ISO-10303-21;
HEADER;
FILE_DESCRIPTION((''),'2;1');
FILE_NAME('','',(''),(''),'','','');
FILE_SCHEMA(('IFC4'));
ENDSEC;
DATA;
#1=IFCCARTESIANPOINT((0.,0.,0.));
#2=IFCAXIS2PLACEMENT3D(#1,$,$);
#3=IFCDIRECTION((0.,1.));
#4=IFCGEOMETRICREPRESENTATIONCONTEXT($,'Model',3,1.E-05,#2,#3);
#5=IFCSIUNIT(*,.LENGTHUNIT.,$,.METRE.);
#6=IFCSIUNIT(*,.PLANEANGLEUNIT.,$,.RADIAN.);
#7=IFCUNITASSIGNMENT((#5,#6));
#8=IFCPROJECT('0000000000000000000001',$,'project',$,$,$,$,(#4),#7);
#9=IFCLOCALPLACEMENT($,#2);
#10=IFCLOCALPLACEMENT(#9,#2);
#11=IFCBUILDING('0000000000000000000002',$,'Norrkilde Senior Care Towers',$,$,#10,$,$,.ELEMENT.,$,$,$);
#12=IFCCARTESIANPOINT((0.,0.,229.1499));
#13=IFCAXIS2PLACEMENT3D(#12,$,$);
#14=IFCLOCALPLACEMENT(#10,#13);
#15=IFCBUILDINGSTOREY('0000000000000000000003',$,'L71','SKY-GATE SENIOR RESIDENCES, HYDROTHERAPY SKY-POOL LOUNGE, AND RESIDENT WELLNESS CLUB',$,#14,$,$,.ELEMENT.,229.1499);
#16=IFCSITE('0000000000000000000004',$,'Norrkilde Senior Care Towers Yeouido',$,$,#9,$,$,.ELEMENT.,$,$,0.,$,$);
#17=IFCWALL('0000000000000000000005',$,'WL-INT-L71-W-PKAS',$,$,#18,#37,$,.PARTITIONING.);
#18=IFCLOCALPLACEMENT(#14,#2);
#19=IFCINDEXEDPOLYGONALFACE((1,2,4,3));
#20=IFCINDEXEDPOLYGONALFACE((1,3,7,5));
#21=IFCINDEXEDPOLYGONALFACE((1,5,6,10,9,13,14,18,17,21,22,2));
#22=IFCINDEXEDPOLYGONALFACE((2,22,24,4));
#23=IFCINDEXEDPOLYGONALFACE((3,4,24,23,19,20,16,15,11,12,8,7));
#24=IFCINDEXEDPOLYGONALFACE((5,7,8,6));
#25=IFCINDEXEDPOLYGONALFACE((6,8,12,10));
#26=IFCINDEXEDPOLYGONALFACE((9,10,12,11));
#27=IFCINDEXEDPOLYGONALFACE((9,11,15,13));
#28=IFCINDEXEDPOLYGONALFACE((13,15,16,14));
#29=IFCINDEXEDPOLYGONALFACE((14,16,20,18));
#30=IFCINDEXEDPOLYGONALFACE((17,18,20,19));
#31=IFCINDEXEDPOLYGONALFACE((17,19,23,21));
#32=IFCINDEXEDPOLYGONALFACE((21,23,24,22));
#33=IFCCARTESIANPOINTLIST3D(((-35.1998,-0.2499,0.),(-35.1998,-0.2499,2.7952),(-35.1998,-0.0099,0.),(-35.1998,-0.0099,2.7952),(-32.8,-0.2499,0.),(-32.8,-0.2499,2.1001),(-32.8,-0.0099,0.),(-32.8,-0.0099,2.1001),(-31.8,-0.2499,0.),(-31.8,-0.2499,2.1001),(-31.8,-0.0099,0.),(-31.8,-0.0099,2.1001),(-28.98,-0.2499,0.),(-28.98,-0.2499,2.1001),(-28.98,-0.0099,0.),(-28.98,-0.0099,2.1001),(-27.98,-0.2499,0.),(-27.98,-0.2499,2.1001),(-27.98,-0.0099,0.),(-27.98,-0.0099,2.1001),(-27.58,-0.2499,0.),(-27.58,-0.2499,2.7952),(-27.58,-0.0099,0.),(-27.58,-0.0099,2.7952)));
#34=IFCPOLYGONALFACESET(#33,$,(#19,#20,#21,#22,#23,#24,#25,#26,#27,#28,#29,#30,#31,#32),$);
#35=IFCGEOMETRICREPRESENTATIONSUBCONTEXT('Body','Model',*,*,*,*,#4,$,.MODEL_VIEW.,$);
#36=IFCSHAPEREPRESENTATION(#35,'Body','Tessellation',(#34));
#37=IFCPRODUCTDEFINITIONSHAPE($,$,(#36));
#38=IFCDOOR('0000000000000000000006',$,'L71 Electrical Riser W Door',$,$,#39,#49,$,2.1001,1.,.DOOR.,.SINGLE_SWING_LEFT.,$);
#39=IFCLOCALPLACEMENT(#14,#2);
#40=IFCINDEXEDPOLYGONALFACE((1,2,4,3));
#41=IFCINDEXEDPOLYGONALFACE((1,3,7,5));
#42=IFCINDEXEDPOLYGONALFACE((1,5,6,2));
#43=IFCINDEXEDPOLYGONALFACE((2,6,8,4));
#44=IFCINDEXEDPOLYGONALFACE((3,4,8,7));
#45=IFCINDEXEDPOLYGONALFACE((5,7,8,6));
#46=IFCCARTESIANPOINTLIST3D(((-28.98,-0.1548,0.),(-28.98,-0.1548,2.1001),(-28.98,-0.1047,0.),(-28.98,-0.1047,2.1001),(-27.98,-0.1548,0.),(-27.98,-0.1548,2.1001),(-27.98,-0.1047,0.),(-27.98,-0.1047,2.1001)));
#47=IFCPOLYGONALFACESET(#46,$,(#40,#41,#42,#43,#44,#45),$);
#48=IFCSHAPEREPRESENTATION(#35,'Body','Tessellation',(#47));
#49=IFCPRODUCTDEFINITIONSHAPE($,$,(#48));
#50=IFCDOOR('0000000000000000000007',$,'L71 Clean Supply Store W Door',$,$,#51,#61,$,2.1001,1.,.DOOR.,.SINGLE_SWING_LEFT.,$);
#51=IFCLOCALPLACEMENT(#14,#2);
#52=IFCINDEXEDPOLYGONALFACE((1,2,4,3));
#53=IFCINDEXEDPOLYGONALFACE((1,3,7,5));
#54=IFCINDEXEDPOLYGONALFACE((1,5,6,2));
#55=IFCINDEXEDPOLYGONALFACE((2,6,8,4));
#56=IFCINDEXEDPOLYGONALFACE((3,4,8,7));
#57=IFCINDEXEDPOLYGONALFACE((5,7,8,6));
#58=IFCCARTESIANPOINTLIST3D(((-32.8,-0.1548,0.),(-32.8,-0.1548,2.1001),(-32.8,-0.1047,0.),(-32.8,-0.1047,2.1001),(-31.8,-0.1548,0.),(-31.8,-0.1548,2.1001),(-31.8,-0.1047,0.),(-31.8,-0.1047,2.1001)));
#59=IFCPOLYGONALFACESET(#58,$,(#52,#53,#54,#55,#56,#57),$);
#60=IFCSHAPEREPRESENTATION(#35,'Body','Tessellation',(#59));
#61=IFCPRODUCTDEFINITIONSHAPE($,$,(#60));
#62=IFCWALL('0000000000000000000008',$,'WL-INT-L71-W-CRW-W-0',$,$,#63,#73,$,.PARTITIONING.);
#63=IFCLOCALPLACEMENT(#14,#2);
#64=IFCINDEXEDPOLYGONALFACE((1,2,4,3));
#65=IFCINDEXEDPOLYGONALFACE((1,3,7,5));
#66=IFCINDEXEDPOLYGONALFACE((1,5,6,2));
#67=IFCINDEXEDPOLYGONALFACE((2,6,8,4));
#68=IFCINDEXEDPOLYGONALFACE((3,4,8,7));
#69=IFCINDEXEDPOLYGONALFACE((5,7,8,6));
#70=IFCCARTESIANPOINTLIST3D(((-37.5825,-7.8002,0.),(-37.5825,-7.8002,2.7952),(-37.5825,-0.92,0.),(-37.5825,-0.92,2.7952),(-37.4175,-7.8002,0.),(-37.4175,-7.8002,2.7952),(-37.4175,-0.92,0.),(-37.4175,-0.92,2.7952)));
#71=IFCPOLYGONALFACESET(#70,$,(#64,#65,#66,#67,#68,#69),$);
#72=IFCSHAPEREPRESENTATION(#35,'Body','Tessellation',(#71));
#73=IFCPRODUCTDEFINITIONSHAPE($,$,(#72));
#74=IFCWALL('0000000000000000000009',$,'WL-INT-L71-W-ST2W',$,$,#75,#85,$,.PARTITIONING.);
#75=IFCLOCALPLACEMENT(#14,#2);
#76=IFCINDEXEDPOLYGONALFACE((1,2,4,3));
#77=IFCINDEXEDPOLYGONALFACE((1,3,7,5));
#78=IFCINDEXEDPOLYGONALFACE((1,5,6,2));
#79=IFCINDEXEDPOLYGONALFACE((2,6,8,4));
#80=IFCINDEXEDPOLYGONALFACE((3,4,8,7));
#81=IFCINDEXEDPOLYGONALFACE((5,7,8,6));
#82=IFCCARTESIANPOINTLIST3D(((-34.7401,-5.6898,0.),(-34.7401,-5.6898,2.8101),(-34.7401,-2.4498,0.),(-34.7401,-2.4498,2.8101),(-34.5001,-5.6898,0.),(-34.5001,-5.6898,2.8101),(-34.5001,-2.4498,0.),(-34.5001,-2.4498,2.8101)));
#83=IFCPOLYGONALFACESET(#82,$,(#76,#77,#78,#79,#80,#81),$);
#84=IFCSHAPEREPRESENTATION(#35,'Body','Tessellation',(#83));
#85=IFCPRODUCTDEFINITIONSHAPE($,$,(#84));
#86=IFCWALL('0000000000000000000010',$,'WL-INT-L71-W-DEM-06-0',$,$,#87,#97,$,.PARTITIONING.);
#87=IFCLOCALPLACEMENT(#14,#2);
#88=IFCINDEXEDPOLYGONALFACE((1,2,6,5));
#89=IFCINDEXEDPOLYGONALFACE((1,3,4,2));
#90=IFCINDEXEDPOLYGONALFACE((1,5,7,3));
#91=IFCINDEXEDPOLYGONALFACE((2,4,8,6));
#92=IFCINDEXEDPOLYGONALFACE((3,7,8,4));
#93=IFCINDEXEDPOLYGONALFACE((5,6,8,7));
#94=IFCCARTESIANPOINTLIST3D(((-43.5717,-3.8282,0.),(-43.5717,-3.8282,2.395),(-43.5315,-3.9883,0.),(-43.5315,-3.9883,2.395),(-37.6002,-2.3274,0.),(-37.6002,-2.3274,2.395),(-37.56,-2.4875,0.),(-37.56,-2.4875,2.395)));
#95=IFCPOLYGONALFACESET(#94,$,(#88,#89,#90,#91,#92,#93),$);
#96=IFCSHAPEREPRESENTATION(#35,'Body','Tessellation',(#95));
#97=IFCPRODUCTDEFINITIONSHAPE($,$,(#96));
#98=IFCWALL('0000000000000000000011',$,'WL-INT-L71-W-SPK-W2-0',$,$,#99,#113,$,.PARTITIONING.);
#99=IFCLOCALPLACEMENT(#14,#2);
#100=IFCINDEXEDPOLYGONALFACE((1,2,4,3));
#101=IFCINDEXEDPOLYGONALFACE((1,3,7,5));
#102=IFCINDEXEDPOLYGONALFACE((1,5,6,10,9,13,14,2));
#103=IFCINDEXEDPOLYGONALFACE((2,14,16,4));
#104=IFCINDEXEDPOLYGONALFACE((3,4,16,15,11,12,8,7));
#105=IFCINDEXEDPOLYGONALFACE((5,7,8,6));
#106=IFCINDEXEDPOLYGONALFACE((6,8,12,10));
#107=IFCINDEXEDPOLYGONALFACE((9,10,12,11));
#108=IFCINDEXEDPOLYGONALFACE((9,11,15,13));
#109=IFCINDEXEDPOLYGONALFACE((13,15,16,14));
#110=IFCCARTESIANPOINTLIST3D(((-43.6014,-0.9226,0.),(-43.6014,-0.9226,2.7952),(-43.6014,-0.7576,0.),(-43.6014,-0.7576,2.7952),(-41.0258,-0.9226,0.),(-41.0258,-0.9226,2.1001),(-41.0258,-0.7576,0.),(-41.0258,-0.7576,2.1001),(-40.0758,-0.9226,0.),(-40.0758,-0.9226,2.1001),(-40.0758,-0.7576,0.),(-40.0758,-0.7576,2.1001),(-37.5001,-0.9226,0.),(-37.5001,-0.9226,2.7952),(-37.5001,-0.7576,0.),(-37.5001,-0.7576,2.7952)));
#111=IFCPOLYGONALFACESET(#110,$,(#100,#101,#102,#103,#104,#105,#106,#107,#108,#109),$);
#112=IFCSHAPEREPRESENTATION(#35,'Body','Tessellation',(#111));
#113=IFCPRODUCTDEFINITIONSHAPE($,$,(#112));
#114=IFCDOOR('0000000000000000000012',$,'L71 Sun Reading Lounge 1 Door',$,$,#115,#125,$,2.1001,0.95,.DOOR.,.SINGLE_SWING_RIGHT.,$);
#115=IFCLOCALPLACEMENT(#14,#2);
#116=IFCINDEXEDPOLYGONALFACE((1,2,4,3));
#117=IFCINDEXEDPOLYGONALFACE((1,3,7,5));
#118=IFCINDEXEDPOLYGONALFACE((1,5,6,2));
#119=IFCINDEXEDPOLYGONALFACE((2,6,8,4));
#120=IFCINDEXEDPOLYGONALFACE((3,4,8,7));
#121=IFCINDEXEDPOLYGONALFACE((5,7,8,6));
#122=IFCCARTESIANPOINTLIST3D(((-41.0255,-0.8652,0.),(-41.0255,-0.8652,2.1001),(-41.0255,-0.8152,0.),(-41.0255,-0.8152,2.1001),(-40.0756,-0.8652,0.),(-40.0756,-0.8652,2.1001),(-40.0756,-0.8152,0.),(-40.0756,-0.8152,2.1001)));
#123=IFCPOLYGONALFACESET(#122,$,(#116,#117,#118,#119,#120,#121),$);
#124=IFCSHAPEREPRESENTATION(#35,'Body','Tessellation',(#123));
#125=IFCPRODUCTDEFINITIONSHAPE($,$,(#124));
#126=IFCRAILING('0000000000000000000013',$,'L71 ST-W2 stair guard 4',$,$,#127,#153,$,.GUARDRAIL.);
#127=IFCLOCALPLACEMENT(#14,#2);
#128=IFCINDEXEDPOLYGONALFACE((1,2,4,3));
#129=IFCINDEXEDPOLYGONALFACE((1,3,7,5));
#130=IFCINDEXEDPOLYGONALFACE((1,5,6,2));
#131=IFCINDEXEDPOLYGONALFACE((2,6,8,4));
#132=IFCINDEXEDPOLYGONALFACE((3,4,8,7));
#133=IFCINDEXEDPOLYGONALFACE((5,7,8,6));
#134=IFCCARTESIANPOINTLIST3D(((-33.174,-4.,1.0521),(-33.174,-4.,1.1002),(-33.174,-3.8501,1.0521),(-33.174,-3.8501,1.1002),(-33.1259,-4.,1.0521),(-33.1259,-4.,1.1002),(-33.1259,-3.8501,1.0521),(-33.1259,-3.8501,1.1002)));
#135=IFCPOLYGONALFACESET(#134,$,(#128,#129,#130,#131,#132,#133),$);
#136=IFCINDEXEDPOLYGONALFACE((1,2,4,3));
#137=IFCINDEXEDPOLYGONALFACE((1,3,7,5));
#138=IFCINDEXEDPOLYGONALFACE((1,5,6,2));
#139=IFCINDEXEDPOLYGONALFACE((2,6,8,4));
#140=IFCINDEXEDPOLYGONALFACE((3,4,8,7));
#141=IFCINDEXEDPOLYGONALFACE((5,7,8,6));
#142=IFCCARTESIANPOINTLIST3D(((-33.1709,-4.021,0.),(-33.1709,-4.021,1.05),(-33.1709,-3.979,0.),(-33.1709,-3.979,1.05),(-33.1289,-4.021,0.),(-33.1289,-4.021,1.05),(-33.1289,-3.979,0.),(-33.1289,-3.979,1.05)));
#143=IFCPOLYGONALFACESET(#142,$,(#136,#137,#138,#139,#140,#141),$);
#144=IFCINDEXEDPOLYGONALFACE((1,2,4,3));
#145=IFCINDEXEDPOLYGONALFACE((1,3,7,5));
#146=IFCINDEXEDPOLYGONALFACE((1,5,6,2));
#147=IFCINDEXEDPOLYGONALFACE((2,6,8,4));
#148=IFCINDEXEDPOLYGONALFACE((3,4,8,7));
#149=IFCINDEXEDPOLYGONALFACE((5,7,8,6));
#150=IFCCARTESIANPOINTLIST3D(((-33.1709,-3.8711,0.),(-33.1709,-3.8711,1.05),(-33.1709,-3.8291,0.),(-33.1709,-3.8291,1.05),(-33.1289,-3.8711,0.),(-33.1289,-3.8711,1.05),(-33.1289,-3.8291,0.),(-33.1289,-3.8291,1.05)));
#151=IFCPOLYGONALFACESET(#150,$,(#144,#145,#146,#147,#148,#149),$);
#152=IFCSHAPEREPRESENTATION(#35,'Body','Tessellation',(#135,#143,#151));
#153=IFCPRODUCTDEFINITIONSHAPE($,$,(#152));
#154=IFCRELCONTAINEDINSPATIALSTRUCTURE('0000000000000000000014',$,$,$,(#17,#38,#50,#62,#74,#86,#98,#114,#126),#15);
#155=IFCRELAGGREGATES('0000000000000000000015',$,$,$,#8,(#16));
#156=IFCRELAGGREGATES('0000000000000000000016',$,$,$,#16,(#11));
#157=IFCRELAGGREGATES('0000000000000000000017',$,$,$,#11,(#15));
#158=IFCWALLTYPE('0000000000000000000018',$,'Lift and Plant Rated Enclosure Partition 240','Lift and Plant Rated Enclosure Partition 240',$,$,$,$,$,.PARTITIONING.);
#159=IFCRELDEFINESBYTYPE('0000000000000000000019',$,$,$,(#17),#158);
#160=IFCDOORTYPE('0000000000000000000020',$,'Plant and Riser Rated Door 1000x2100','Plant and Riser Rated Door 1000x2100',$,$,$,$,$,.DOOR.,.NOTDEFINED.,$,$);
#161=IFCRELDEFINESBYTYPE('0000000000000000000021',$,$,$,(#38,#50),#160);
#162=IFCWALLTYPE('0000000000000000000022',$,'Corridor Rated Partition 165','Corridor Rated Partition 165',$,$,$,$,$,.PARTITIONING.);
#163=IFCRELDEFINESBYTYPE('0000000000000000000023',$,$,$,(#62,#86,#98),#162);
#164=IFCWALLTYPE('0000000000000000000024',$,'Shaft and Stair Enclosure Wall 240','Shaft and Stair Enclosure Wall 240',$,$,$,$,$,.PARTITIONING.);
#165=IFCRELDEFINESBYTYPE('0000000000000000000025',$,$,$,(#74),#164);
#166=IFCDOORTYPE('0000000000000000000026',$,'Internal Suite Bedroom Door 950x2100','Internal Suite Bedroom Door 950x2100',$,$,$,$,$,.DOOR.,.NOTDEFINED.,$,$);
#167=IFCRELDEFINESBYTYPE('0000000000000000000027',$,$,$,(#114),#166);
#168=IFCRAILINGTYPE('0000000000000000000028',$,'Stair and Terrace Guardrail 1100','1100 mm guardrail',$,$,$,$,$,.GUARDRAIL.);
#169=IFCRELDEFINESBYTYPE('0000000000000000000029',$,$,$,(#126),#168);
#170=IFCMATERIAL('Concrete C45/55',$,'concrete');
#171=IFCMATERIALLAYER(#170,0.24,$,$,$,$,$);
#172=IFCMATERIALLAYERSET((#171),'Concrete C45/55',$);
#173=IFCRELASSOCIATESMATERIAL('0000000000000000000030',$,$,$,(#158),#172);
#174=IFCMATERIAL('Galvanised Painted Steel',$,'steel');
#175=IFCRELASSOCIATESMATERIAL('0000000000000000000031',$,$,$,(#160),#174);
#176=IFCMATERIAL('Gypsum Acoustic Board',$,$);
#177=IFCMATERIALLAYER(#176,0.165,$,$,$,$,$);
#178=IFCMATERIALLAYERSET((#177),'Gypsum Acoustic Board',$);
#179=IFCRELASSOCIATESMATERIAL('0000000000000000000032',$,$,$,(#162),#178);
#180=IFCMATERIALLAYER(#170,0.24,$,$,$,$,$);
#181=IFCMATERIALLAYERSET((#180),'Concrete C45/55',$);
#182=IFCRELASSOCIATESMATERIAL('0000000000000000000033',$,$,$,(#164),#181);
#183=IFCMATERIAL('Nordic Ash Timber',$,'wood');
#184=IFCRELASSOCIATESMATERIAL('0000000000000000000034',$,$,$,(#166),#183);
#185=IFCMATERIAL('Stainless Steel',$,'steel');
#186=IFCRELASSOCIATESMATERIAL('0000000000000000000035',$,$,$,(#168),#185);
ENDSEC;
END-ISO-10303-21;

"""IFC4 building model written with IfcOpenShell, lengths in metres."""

from ifc_helpers import new_model, si_unit, direction, frame, frame_2d, origin, origin_2d, place, context, subcontext, project, spatial, rectangle, extrude, source, transform, mapped, material, layer, layer_set, type_object, type_shapes, element, fill, save


model = new_model("IFC4")

# Units and contexts
model_context = context("Model", 3, precision=1e-05, world=origin(), true_north=direction((0.0, 1.0)))
body_context = subcontext(model_context, "Body", "Model", "MODEL_VIEW")
ifc_project = project(units=[si_unit("LENGTHUNIT", "METRE"), si_unit("PLANEANGLEUNIT", "RADIAN")], contexts=[model_context])

# Site, building, storey
site_placement = place(None, origin())
site = spatial("IfcSite", under=ifc_project, at=site_placement, Name="Norrkilde Senior Care Towers Yeouido", CompositionType="ELEMENT", RefElevation=0.0)
building_placement = place(site_placement, origin())
building = spatial("IfcBuilding", under=site, at=building_placement, Name="Norrkilde Senior Care Towers", CompositionType="ELEMENT")
storey_placement = place(building_placement, frame((0.0, 0.0, 229.1499)))
storey = spatial("IfcBuildingStorey", under=building, at=storey_placement, Name="L71", Description="SKY-GATE SENIOR RESIDENCES, HYDROTHERAPY SKY-POOL LOUNGE, AND RESIDENT WELLNESS CLUB", CompositionType="ELEMENT", Elevation=229.1499)

# Shared definitions
ifc_material_1 = material(Name="Galvanised Painted Steel", Category="steel")

# Wall, openings, doors
ifc_material_2 = material(Name="Concrete C45/55", Category="concrete")
ifc_layer_1 = layer(ifc_material_2, 0.24)
ifc_layer_set_1 = layer_set([ifc_layer_1], Name="Concrete C45/55")
wall_type_1 = type_object("IfcWallType", Name="Lift and Plant Rated Enclosure Partition 240", Description="Lift and Plant Rated Enclosure Partition 240", PredefinedType="PARTITIONING", material=ifc_layer_set_1)
shared_shape_1 = source(origin(), body_context, "Body", "SweptSolid", [
    extrude(rectangle(XDim=7.6199, YDim=0.24, at=frame_2d((3.8101, 0.0))), origin(), (0.0, 0.0, 1.0), 2.7952),
])
type_shapes(wall_type_1, [shared_shape_1])
wall_1_placement = place(storey_placement, frame((-35.2, -0.1299, 0.0), z_axis=(0.0, 0.0, 1.0), x_axis=(1.0, 0.0, 0.0)))
wall_1 = element("IfcWall", 1, at=wall_1_placement, inside=storey, type_object=wall_type_1, Name="WL-INT-L71-W-PKAS", PredefinedType="PARTITIONING", context=body_context, shape_type="MappedRepresentation", body=[
    mapped(shared_shape_1, transform((0.0, 0.0, 0.0), x_axis=(1.0, 0.0, 0.0), y_axis=(0.0, 1.0, 0.0), z_axis=(0.0, 0.0, 1.0), scale=1.0)),
])
opening_1_placement = place(wall_1_placement, frame((6.22, 0.0, 0.0)))
opening_1 = element("IfcOpeningElement", 2, at=opening_1_placement, cuts=wall_1, PredefinedType="OPENING", context=body_context, shape_type="SweptSolid", body=[
    extrude(rectangle(XDim=1.0, YDim=2.1001, at=frame_2d((0.5, 1.05))), frame((0.0, 0.1299, 0.0), z_axis=(0.0, -1.0, 0.0), x_axis=(1.0, 0.0, 0.0)), (0.0, 0.0, 1.0), 0.26),
])
opening_2_placement = place(wall_1_placement, frame((2.3999, 0.0, 0.0)))
opening_2 = element("IfcOpeningElement", 3, at=opening_2_placement, cuts=wall_1, PredefinedType="OPENING", context=body_context, shape_type="SweptSolid", body=[
    extrude(rectangle(XDim=1.0, YDim=2.1001, at=frame_2d((0.5, 1.05))), frame((0.0, 0.1299, 0.0), z_axis=(0.0, -1.0, 0.0), x_axis=(1.0, 0.0, 0.0)), (0.0, 0.0, 1.0), 0.26),
])
door_type_1 = type_object("IfcDoorType", Name="Plant and Riser Rated Door 1000x2100", Description="Plant and Riser Rated Door 1000x2100", OperationType="NOTDEFINED", PredefinedType="DOOR", material=ifc_material_1)
shared_shape_2 = source(origin(), body_context, "Body", "SweptSolid", [
    extrude(rectangle(XDim=1.0, YDim=2.1001, at=frame_2d((0.5, 1.05))), frame((0.0, 0.0249, 0.0), z_axis=(0.0, -1.0, 0.0), x_axis=(1.0, 0.0, 0.0)), (0.0, 0.0, 1.0), 0.05),
])
type_shapes(door_type_1, [shared_shape_2])
door_1_placement = place(opening_1_placement, frame((1.0, 0.0, 0.0), z_axis=(0.0, 0.0, 1.0), x_axis=(-1.0, 0.0, 0.0)))
door_1 = element("IfcDoor", 4, at=door_1_placement, inside=storey, type_object=door_type_1, Name="L71 Electrical Riser W Door", OperationType="SINGLE_SWING_LEFT", OverallHeight=2.1001, OverallWidth=1.0, PredefinedType="DOOR", context=body_context, shape_type="MappedRepresentation", body=[
    mapped(shared_shape_2, transform((0.0, 0.0, 0.0), x_axis=(1.0, 0.0, 0.0), y_axis=(0.0, 1.0, 0.0), z_axis=(0.0, 0.0, 1.0), scale=1.0)),
])
fill(opening_1, door_1)
door_2_placement = place(opening_2_placement, frame((1.0, 0.0, 0.0), z_axis=(0.0, 0.0, 1.0), x_axis=(-1.0, 0.0, 0.0)))
door_2 = element("IfcDoor", 5, at=door_2_placement, inside=storey, type_object=door_type_1, Name="L71 Clean Supply Store W Door", OperationType="SINGLE_SWING_LEFT", OverallHeight=2.1001, OverallWidth=1.0, PredefinedType="DOOR", context=body_context, shape_type="MappedRepresentation", body=[
    mapped(shared_shape_2, transform((0.0, 0.0, 0.0), x_axis=(1.0, 0.0, 0.0), y_axis=(0.0, 1.0, 0.0), z_axis=(0.0, 0.0, 1.0), scale=1.0)),
])
fill(opening_2, door_2)

# Wall
ifc_material_3 = material(Name="Gypsum Acoustic Board")
ifc_layer_2 = layer(ifc_material_3, 0.165)
ifc_layer_set_2 = layer_set([ifc_layer_2], Name="Gypsum Acoustic Board")
wall_type_2 = type_object("IfcWallType", Name="Corridor Rated Partition 165", Description="Corridor Rated Partition 165", PredefinedType="PARTITIONING", material=ifc_layer_set_2)
shared_shape_3 = source(origin(), body_context, "Body", "SweptSolid", [
    extrude(rectangle(XDim=6.8801, YDim=0.165, at=frame_2d((3.4399, 0.0))), origin(), (0.0, 0.0, 1.0), 2.7952),
])
wall_2_placement = place(storey_placement, frame((-37.5, -7.8, 0.0), z_axis=(0.0, 0.0, 1.0), x_axis=(0.0, 1.0, 0.0)))
element("IfcWall", 6, at=wall_2_placement, inside=storey, type_object=wall_type_2, Name="WL-INT-L71-W-CRW-W-0", PredefinedType="PARTITIONING", context=body_context, shape_type="MappedRepresentation", body=[
    mapped(shared_shape_3, transform((0.0, 0.0, 0.0), x_axis=(1.0, 0.0, 0.0), y_axis=(0.0, 1.0, 0.0), z_axis=(0.0, 0.0, 1.0), scale=1.0)),
])

# Shared definitions
ifc_layer_3 = layer(ifc_material_2, 0.24)
ifc_layer_set_3 = layer_set([ifc_layer_3], Name="Concrete C45/55")
wall_type_3 = type_object("IfcWallType", Name="Shaft and Stair Enclosure Wall 240", Description="Shaft and Stair Enclosure Wall 240", PredefinedType="PARTITIONING", material=ifc_layer_set_3)

# Walls
shared_shape_4 = source(origin(), body_context, "Body", "SweptSolid", [
    extrude(rectangle(XDim=3.24, YDim=0.24, at=frame_2d((1.6201, 0.0))), origin(), (0.0, 0.0, 1.0), 2.8101),
])
wall_3_placement = place(storey_placement, frame((-34.6201, -5.6899, 0.0), z_axis=(0.0, 0.0, 1.0), x_axis=(0.0, 1.0, 0.0)))
element("IfcWall", 7, at=wall_3_placement, inside=storey, type_object=wall_type_3, Name="WL-INT-L71-W-ST2W", PredefinedType="PARTITIONING", context=body_context, shape_type="MappedRepresentation", body=[
    mapped(shared_shape_4, transform((0.0, 0.0, 0.0), x_axis=(1.0, 0.0, 0.0), y_axis=(0.0, 1.0, 0.0), z_axis=(0.0, 0.0, 1.0), scale=1.0)),
])
shared_shape_5 = source(origin(), body_context, "Body", "SweptSolid", [
    extrude(rectangle(XDim=6.1572, YDim=0.165, at=frame_2d((3.0786, 0.0))), origin(), (0.0, 0.0, 1.0), 2.395),
])
wall_4_placement = place(storey_placement, frame((-37.5801, -2.4075, 0.0), z_axis=(0.0, 0.0, 1.0), x_axis=(-0.969841, -0.243739, 0.0)))
element("IfcWall", 8, at=wall_4_placement, inside=storey, type_object=wall_type_2, Name="WL-INT-L71-W-DEM-06-0", PredefinedType="PARTITIONING", context=body_context, shape_type="MappedRepresentation", body=[
    mapped(shared_shape_5, transform((0.0, 0.0, 0.0), x_axis=(1.0, 0.0, 0.0), y_axis=(0.0, 1.0, 0.0), z_axis=(0.0, 0.0, 1.0), scale=1.0)),
])

# Wall, opening, door
shared_shape_6 = source(origin(), body_context, "Body", "SweptSolid", [
    extrude(rectangle(XDim=6.1013, YDim=0.165, at=frame_2d((3.0508, 0.0))), origin(), (0.0, 0.0, 1.0), 2.7952),
])
type_shapes(wall_type_2, [shared_shape_3, shared_shape_5, shared_shape_6])
wall_5_placement = place(storey_placement, frame((-37.5, -0.8401, 0.0), z_axis=(0.0, 0.0, 1.0), x_axis=(-1.0, 0.0, 0.0)))
wall_5 = element("IfcWall", 9, at=wall_5_placement, inside=storey, type_object=wall_type_2, Name="WL-INT-L71-W-SPK-W2-0", PredefinedType="PARTITIONING", context=body_context, shape_type="MappedRepresentation", body=[
    mapped(shared_shape_6, transform((0.0, 0.0, 0.0), x_axis=(1.0, 0.0, 0.0), y_axis=(0.0, 1.0, 0.0), z_axis=(0.0, 0.0, 1.0), scale=1.0)),
])
opening_3_placement = place(wall_5_placement, frame((2.5757, 0.0, 0.0)))
opening_3 = element("IfcOpeningElement", 10, at=opening_3_placement, cuts=wall_5, PredefinedType="OPENING", context=body_context, shape_type="SweptSolid", body=[
    extrude(rectangle(XDim=0.95, YDim=2.1001, at=frame_2d((0.4751, 1.05))), frame((0.0, 0.0925, 0.0), z_axis=(0.0, -1.0, 0.0), x_axis=(1.0, 0.0, 0.0)), (0.0, 0.0, 1.0), 0.1851),
])
ifc_material_4 = material(Name="Nordic Ash Timber", Category="wood")
door_type_2 = type_object("IfcDoorType", Name="Internal Suite Bedroom Door 950x2100", Description="Internal Suite Bedroom Door 950x2100", OperationType="NOTDEFINED", PredefinedType="DOOR", material=ifc_material_4)
shared_shape_7 = source(origin(), body_context, "Body", "SweptSolid", [
    extrude(rectangle(XDim=0.95, YDim=2.1001, at=frame_2d((0.4751, 1.05))), frame((0.0, 0.0249, 0.0), z_axis=(0.0, -1.0, 0.0), x_axis=(1.0, 0.0, 0.0)), (0.0, 0.0, 1.0), 0.05),
])
type_shapes(door_type_2, [shared_shape_7])
door_3_placement = place(opening_3_placement, frame((0.95, 0.0, 0.0), z_axis=(0.0, 0.0, 1.0), x_axis=(-1.0, 0.0, 0.0)))
door_3 = element("IfcDoor", 11, at=door_3_placement, inside=storey, type_object=door_type_2, Name="L71 Sun Reading Lounge 1 Door", OperationType="SINGLE_SWING_RIGHT", OverallHeight=2.1001, OverallWidth=0.95, PredefinedType="DOOR", context=body_context, shape_type="MappedRepresentation", body=[
    mapped(shared_shape_7, transform((0.0, 0.0, 0.0), x_axis=(1.0, 0.0, 0.0), y_axis=(0.0, 1.0, 0.0), z_axis=(0.0, 0.0, 1.0), scale=1.0)),
])
fill(opening_3, door_3)

# Railing
ifc_material_5 = material(Name="Stainless Steel", Category="steel")
railing_type = type_object("IfcRailingType", Name="Stair and Terrace Guardrail 1100", Description="1100 mm guardrail", PredefinedType="GUARDRAIL", material=ifc_material_5)
railing_placement = place(storey_placement, frame((-33.1499, -4.0, 0.0)))
element("IfcRailing", 12, at=railing_placement, inside=storey, type_object=railing_type, Name="L71 ST-W2 stair guard 4", PredefinedType="GUARDRAIL", context=body_context, shape_type="SweptSolid", body=[
    extrude(rectangle(XDim=0.0481, YDim=0.0481, at=origin_2d()), frame((0.0, 0.0, 1.0762), z_axis=(0.0, 1.0, 0.0), x_axis=(-1.0, 0.0, 0.0)), (0.0, 0.0, 1.0), 0.1499),
    extrude(rectangle(XDim=0.042, YDim=0.042, at=origin_2d()), origin(), (0.0, 0.0, 1.0), 1.05),
    extrude(rectangle(XDim=0.042, YDim=0.042, at=origin_2d()), frame((0.0, 0.1499, 0.0)), (0.0, 0.0, 1.0), 1.05),
])

save(model, "model.ifc")
